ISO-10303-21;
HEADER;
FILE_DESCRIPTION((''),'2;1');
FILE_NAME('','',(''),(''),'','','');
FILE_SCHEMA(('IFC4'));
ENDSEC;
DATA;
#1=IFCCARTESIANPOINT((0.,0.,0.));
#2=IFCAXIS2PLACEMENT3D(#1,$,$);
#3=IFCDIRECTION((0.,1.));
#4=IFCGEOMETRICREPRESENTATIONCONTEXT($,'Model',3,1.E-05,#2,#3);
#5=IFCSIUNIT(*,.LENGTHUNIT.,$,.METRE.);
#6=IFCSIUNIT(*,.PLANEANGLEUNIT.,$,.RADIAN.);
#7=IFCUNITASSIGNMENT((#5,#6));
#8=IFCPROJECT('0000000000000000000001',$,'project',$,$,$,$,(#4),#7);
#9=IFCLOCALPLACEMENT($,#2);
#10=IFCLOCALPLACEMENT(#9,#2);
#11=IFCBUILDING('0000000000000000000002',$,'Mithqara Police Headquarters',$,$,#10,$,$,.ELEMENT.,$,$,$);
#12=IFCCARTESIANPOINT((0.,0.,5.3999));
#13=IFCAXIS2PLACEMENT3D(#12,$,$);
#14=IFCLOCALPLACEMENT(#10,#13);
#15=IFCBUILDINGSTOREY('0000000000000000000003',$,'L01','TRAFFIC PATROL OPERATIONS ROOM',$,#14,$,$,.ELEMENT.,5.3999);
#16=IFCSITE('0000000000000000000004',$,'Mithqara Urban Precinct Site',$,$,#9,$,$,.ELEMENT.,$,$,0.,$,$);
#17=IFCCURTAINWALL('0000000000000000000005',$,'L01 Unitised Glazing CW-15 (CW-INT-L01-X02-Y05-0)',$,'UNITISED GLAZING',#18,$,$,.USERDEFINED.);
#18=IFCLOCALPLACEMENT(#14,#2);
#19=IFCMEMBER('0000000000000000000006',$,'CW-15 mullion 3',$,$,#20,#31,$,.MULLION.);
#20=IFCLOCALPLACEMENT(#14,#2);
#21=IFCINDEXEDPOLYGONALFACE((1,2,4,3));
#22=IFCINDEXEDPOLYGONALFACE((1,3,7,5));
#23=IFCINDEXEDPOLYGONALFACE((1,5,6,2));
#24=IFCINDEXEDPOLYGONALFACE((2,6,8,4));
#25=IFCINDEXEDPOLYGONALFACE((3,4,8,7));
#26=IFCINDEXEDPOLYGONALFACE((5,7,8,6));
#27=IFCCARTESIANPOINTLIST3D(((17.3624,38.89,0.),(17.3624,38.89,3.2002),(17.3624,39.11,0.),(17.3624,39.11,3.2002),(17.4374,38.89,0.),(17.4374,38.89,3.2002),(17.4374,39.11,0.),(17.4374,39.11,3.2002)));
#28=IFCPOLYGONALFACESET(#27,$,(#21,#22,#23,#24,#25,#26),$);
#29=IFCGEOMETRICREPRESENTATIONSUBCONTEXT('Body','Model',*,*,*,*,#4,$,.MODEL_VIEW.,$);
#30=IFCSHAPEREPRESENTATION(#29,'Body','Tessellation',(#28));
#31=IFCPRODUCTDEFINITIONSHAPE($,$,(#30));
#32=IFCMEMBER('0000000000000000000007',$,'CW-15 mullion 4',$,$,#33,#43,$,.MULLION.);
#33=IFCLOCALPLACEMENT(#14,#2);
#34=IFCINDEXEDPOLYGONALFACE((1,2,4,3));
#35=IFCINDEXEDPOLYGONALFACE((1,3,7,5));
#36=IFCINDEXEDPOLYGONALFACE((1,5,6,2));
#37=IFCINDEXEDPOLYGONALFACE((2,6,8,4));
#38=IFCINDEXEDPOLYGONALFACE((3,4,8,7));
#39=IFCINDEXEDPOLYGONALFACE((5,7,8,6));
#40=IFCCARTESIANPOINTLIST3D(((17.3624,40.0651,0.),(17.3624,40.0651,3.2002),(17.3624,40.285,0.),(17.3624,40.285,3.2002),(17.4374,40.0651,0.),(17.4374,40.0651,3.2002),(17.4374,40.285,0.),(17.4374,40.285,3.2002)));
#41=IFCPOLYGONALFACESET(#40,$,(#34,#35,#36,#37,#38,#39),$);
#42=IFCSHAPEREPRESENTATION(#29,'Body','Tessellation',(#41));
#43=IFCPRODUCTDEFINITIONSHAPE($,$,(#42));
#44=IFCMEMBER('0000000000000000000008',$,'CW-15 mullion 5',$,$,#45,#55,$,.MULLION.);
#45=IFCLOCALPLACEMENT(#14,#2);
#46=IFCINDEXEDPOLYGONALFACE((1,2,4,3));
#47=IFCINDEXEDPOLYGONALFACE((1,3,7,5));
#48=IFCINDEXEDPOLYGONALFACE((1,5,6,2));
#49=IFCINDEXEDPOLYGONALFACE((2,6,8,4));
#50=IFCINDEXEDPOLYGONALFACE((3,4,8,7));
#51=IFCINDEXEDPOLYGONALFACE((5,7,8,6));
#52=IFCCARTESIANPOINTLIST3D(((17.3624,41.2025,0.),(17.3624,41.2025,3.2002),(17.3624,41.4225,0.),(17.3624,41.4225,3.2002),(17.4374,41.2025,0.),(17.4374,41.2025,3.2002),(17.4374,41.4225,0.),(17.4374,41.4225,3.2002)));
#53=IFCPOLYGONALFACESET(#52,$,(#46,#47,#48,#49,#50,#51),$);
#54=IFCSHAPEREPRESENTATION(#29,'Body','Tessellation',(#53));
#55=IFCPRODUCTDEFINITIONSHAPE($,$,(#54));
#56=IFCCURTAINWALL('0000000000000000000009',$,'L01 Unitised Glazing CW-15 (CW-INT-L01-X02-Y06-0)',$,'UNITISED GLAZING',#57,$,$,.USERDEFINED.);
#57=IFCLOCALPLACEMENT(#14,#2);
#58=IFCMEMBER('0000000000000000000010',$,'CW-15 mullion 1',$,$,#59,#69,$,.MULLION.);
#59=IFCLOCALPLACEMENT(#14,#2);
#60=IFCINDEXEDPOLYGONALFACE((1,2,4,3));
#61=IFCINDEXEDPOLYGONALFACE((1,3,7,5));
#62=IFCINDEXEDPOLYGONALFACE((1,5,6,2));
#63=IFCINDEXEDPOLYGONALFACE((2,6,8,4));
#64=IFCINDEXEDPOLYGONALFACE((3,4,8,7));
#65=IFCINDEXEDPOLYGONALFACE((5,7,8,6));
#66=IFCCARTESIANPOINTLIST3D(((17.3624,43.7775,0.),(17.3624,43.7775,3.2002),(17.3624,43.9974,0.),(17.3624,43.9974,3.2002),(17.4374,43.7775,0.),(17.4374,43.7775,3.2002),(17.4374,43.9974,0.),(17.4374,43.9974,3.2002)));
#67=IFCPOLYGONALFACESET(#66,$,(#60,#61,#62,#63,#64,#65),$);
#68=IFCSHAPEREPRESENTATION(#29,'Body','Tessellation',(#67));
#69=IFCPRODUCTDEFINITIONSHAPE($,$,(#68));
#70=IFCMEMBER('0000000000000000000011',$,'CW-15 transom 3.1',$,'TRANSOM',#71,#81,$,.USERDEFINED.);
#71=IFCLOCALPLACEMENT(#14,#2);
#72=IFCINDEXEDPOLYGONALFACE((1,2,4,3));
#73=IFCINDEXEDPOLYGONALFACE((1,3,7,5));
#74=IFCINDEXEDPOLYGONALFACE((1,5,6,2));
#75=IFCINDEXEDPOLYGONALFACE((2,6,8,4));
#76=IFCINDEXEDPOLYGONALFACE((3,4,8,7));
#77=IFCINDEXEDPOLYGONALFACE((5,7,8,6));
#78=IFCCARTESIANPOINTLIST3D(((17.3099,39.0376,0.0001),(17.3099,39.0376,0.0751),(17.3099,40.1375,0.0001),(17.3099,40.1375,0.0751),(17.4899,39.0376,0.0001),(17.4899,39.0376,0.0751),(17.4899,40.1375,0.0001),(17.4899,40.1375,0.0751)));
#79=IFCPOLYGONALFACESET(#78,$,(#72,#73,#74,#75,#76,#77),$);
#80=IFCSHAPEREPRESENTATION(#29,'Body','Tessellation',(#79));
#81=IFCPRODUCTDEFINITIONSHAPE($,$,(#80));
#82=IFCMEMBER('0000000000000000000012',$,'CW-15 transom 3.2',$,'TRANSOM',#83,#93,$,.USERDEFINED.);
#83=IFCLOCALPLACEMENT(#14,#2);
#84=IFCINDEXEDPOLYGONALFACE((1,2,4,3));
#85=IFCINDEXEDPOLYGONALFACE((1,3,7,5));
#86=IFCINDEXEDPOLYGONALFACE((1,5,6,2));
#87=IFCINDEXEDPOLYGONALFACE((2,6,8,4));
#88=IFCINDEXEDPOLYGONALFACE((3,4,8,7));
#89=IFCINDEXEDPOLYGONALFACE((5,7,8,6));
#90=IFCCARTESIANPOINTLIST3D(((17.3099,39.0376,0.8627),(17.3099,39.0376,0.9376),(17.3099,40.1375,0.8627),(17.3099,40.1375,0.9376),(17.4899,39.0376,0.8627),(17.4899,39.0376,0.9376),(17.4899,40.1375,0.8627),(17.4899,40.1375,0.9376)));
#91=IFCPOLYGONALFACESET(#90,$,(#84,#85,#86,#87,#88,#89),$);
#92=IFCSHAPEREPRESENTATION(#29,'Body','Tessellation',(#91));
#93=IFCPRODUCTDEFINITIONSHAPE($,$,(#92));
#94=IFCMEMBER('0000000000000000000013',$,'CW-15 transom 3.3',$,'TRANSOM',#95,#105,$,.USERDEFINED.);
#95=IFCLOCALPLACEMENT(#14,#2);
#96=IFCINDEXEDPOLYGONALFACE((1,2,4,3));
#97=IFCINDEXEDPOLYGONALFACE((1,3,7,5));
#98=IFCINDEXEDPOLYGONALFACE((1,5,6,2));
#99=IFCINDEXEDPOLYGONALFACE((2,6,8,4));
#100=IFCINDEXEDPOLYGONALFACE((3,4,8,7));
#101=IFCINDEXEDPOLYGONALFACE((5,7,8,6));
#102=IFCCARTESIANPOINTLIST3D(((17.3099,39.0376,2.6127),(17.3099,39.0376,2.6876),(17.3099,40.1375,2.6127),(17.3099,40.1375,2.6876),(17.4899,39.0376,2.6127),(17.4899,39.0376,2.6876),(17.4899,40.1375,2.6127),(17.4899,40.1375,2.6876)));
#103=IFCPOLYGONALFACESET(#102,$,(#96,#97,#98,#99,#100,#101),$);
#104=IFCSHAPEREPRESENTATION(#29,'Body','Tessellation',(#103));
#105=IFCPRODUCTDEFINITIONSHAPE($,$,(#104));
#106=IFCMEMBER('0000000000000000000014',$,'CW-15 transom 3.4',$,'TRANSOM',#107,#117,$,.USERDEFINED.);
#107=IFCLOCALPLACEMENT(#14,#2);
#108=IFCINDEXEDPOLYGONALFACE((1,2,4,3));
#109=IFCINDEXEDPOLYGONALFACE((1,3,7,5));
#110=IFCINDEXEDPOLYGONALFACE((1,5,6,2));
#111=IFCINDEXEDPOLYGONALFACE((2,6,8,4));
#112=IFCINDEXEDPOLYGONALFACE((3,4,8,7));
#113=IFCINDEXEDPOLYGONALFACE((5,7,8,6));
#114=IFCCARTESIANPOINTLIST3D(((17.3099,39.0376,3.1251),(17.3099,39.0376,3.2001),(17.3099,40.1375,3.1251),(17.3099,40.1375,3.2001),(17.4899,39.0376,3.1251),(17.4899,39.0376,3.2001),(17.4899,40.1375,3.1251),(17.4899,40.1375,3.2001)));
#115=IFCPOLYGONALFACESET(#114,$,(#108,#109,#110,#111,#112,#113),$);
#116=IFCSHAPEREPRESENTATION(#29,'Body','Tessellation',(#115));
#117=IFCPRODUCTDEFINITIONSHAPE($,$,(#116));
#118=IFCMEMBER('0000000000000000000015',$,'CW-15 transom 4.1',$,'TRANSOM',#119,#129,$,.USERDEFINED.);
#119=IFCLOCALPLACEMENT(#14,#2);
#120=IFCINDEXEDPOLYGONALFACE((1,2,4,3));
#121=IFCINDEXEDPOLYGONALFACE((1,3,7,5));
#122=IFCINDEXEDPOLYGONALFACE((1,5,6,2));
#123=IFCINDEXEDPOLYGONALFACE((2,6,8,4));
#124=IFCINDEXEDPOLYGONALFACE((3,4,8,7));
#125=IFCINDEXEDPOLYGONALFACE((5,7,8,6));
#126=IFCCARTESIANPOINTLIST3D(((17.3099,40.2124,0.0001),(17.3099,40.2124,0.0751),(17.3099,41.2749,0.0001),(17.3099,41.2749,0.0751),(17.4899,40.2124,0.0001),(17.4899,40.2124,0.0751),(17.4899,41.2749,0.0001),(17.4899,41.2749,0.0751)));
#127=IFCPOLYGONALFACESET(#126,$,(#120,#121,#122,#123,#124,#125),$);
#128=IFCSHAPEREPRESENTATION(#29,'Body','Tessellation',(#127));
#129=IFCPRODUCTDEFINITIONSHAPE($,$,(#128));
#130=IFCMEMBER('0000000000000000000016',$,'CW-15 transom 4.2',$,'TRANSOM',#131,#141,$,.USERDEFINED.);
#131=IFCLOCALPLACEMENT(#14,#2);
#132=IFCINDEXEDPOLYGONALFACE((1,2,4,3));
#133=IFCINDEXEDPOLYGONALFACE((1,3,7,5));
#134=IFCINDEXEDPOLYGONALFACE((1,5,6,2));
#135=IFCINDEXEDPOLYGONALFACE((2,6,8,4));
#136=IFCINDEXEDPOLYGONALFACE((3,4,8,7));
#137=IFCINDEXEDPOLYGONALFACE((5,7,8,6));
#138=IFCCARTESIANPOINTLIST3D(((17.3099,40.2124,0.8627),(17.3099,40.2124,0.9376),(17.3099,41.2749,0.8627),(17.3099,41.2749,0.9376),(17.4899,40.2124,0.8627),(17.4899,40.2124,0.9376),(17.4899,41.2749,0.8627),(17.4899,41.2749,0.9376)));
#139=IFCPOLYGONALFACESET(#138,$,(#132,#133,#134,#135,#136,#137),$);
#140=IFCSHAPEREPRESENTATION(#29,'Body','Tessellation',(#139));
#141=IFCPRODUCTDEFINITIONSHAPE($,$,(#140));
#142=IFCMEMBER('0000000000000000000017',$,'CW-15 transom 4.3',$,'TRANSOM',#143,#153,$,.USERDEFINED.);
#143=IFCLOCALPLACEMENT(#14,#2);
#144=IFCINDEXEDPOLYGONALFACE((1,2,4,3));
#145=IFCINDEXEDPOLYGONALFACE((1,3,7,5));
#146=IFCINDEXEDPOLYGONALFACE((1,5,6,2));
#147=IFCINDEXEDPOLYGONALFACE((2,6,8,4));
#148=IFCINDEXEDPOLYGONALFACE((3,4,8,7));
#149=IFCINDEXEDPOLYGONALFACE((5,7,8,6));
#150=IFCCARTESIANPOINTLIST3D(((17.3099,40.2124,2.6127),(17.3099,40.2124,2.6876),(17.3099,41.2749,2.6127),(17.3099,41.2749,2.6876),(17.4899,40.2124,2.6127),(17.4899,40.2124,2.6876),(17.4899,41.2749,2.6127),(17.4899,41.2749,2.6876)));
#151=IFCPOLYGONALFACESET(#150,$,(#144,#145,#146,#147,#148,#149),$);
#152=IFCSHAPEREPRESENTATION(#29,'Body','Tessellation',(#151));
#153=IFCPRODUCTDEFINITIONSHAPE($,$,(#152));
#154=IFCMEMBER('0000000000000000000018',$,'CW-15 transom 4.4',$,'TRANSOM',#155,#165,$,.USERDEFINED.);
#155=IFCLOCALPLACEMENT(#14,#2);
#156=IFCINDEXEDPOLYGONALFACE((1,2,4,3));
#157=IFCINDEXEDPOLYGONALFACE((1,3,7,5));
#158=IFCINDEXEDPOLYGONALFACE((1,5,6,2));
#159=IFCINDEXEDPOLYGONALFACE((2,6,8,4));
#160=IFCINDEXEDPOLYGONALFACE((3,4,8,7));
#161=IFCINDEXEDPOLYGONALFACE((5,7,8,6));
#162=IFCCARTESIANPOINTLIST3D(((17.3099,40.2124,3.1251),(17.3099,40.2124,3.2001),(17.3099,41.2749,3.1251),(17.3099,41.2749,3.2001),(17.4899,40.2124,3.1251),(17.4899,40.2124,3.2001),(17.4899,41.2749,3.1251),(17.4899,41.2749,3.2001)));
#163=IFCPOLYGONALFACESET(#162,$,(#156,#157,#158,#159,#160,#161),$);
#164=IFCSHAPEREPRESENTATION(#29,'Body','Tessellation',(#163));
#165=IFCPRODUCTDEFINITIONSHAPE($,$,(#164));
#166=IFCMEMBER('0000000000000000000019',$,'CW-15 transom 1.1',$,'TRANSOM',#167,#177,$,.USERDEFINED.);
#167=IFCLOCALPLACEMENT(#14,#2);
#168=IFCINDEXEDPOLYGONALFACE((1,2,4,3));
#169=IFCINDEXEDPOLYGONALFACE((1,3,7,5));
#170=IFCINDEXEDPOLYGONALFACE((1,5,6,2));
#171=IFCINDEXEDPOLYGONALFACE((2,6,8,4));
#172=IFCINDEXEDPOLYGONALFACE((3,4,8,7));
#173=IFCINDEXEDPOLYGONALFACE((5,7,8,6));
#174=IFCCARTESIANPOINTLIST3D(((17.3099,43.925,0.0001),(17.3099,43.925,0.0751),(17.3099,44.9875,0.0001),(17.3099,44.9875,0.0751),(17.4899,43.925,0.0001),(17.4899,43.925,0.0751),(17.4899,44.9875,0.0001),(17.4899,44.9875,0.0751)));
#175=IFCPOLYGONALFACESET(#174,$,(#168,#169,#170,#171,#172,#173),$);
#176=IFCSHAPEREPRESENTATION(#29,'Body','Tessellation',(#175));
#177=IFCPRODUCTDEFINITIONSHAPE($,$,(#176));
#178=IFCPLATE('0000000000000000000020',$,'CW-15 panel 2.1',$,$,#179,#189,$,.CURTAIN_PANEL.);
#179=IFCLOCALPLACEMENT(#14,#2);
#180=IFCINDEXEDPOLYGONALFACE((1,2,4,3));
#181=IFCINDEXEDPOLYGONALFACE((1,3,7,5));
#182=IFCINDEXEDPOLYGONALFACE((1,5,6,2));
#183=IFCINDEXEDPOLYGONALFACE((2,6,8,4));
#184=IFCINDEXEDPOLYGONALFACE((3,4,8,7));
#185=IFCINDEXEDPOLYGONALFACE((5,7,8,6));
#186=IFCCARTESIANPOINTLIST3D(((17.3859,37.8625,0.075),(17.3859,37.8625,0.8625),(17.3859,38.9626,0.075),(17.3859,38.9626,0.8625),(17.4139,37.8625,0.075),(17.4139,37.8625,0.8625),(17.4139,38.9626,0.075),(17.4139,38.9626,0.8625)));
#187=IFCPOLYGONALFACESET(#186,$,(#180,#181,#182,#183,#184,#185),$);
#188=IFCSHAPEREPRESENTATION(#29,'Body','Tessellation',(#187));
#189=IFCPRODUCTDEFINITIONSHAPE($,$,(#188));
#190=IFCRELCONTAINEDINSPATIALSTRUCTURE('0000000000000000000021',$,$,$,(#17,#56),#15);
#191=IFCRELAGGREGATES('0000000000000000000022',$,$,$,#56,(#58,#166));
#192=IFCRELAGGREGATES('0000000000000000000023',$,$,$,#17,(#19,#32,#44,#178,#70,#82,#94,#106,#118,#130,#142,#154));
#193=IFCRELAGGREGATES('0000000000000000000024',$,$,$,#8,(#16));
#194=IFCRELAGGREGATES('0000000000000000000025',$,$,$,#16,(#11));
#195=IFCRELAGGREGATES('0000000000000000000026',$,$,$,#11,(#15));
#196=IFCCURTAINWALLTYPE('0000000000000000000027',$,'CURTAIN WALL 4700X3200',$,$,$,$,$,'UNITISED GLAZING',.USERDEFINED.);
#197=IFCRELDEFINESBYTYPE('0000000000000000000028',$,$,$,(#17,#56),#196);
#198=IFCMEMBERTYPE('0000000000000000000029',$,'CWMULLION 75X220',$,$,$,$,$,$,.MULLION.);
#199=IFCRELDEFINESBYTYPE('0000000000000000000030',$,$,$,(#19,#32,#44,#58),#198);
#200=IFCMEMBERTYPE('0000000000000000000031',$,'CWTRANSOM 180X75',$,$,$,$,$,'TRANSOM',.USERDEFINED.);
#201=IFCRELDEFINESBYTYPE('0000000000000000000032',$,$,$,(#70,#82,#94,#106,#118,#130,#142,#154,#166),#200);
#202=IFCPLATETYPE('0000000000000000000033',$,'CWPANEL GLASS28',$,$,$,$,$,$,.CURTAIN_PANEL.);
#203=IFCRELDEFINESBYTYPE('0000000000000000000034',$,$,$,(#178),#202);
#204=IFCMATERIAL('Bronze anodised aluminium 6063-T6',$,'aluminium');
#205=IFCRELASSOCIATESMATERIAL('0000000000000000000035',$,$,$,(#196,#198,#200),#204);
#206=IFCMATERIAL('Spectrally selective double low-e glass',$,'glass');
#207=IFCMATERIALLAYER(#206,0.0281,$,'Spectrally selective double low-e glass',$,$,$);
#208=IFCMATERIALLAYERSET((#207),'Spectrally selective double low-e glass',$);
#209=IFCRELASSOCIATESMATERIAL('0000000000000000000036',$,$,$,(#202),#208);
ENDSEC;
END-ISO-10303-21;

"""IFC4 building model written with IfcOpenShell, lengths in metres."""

from ifc_helpers import new_model, si_unit, direction, frame, origin, origin_2d, place, context, subcontext, project, spatial, rectangle, extrude, material, layer, layer_set, material_profile, profile_set, type_object, element, aggregate, save


model = new_model("IFC4")

# Units and contexts
model_context = context("Model", 3, precision=1e-05, world=origin(), true_north=direction((0.0, 1.0)))
body_context = subcontext(model_context, "Body", "Model", "MODEL_VIEW")
ifc_project = project(units=[si_unit("LENGTHUNIT", "METRE"), si_unit("PLANEANGLEUNIT", "RADIAN")], contexts=[model_context])

# Site, building, storey
site_placement = place(None, origin())
site = spatial("IfcSite", under=ifc_project, at=site_placement, Name="Mithqara Urban Precinct Site", CompositionType="ELEMENT", RefElevation=0.0)
building_placement = place(site_placement, origin())
building = spatial("IfcBuilding", under=site, at=building_placement, Name="Mithqara Police Headquarters", CompositionType="ELEMENT")
storey_placement = place(building_placement, frame((0.0, 0.0, 5.3999)))
storey = spatial("IfcBuildingStorey", under=building, at=storey_placement, Name="L01", Description="TRAFFIC PATROL OPERATIONS ROOM", CompositionType="ELEMENT", Elevation=5.3999)

# Curtain wall, members
ifc_material_1 = material(Name="Bronze anodised aluminium 6063-T6", Category="aluminium")
curtain_wall_type = type_object("IfcCurtainWallType", Name="CURTAIN WALL 4700X3200", ElementType="UNITISED GLAZING", PredefinedType="USERDEFINED", material=ifc_material_1)
curtain_wall_1_placement = place(storey_placement, origin())
curtain_wall_1 = element("IfcCurtainWall", 1, at=curtain_wall_1_placement, inside=storey, type_object=curtain_wall_type, Name="L01 Unitised Glazing CW-15 (CW-INT-L01-X02-Y05-0)", ObjectType="UNITISED GLAZING", PredefinedType="USERDEFINED")
ifc_material_profile_1 = material_profile(ifc_material_1, rectangle(XDim=0.075, YDim=0.22, at=origin_2d()), Name="CWM 75x220")
ifc_profile_set_1 = profile_set([ifc_material_profile_1], Name="Bronze anodised aluminium 6063-T6")
member_type_1 = type_object("IfcMemberType", Name="CWMULLION 75X220", PredefinedType="MULLION", material=ifc_profile_set_1)
member_1_placement = place(storey_placement, frame((17.3999, 39.0, 0.0), z_axis=(0.0, 0.0, 1.0), x_axis=(-1.0, 0.0, 0.0)))
member_1 = element("IfcMember", 2, at=member_1_placement, type_object=member_type_1, Name="CW-15 mullion 3", PredefinedType="MULLION", context=body_context, shape_type="SweptSolid", body=[
    extrude(rectangle(XDim=0.075, YDim=0.22, at=origin_2d()), origin(), (0.0, 0.0, 1.0), 3.2002),
])
member_2_placement = place(storey_placement, frame((17.3999, 40.175, 0.0), z_axis=(0.0, 0.0, 1.0), x_axis=(-1.0, 0.0, 0.0)))
member_2 = element("IfcMember", 3, at=member_2_placement, type_object=member_type_1, Name="CW-15 mullion 4", PredefinedType="MULLION", context=body_context, shape_type="SweptSolid", body=[
    extrude(rectangle(XDim=0.075, YDim=0.22, at=origin_2d()), origin(), (0.0, 0.0, 1.0), 3.2002),
])
member_3_placement = place(storey_placement, frame((17.3999, 41.3125, 0.0), z_axis=(0.0, 0.0, 1.0), x_axis=(-1.0, 0.0, 0.0)))
member_3 = element("IfcMember", 4, at=member_3_placement, type_object=member_type_1, Name="CW-15 mullion 5", PredefinedType="MULLION", context=body_context, shape_type="SweptSolid", body=[
    extrude(rectangle(XDim=0.075, YDim=0.22, at=origin_2d()), origin(), (0.0, 0.0, 1.0), 3.2002),
])

# Curtain wall, member
curtain_wall_2_placement = place(storey_placement, origin())
curtain_wall_2 = element("IfcCurtainWall", 5, at=curtain_wall_2_placement, inside=storey, type_object=curtain_wall_type, Name="L01 Unitised Glazing CW-15 (CW-INT-L01-X02-Y06-0)", ObjectType="UNITISED GLAZING", PredefinedType="USERDEFINED")
member_4_placement = place(storey_placement, frame((17.3999, 43.8875, 0.0), z_axis=(0.0, 0.0, 1.0), x_axis=(-1.0, 0.0, 0.0)))
member_4 = element("IfcMember", 6, at=member_4_placement, type_object=member_type_1, Name="CW-15 mullion 1", PredefinedType="MULLION", context=body_context, shape_type="SweptSolid", body=[
    extrude(rectangle(XDim=0.075, YDim=0.22, at=origin_2d()), origin(), (0.0, 0.0, 1.0), 3.2002),
])

# Members
ifc_material_profile_2 = material_profile(ifc_material_1, rectangle(XDim=0.1799, YDim=0.075, at=origin_2d()), Name="CWT 180x75")
ifc_profile_set_2 = profile_set([ifc_material_profile_2], Name="Bronze anodised aluminium 6063-T6")
member_type_2 = type_object("IfcMemberType", Name="CWTRANSOM 180X75", ElementType="TRANSOM", PredefinedType="USERDEFINED", material=ifc_profile_set_2)
member_5_placement = place(storey_placement, frame((17.3999, 39.0376, 0.0376), z_axis=(0.0, 1.0, 0.0), x_axis=(-1.0, 0.0, 0.0)))
member_5 = element("IfcMember", 7, at=member_5_placement, type_object=member_type_2, Name="CW-15 transom 3.1", ObjectType="TRANSOM", PredefinedType="USERDEFINED", context=body_context, shape_type="SweptSolid", body=[
    extrude(rectangle(XDim=0.1799, YDim=0.075, at=origin_2d()), origin(), (0.0, 0.0, 1.0), 1.0999),
])
member_6_placement = place(storey_placement, frame((17.3999, 39.0376, 0.9001), z_axis=(0.0, 1.0, 0.0), x_axis=(-1.0, 0.0, 0.0)))
member_6 = element("IfcMember", 8, at=member_6_placement, type_object=member_type_2, Name="CW-15 transom 3.2", ObjectType="TRANSOM", PredefinedType="USERDEFINED", context=body_context, shape_type="SweptSolid", body=[
    extrude(rectangle(XDim=0.1799, YDim=0.075, at=origin_2d()), origin(), (0.0, 0.0, 1.0), 1.0999),
])
member_7_placement = place(storey_placement, frame((17.3999, 39.0376, 2.6501), z_axis=(0.0, 1.0, 0.0), x_axis=(-1.0, 0.0, 0.0)))
member_7 = element("IfcMember", 9, at=member_7_placement, type_object=member_type_2, Name="CW-15 transom 3.3", ObjectType="TRANSOM", PredefinedType="USERDEFINED", context=body_context, shape_type="SweptSolid", body=[
    extrude(rectangle(XDim=0.1799, YDim=0.075, at=origin_2d()), origin(), (0.0, 0.0, 1.0), 1.0999),
])
member_8_placement = place(storey_placement, frame((17.3999, 39.0376, 3.1626), z_axis=(0.0, 1.0, 0.0), x_axis=(-1.0, 0.0, 0.0)))
member_8 = element("IfcMember", 10, at=member_8_placement, type_object=member_type_2, Name="CW-15 transom 3.4", ObjectType="TRANSOM", PredefinedType="USERDEFINED", context=body_context, shape_type="SweptSolid", body=[
    extrude(rectangle(XDim=0.1799, YDim=0.075, at=origin_2d()), origin(), (0.0, 0.0, 1.0), 1.0999),
])
member_9_placement = place(storey_placement, frame((17.3999, 40.2124, 0.0376), z_axis=(0.0, 1.0, 0.0), x_axis=(-1.0, 0.0, 0.0)))
member_9 = element("IfcMember", 11, at=member_9_placement, type_object=member_type_2, Name="CW-15 transom 4.1", ObjectType="TRANSOM", PredefinedType="USERDEFINED", context=body_context, shape_type="SweptSolid", body=[
    extrude(rectangle(XDim=0.1799, YDim=0.075, at=origin_2d()), origin(), (0.0, 0.0, 1.0), 1.0625),
])
member_10_placement = place(storey_placement, frame((17.3999, 40.2124, 0.9001), z_axis=(0.0, 1.0, 0.0), x_axis=(-1.0, 0.0, 0.0)))
member_10 = element("IfcMember", 12, at=member_10_placement, type_object=member_type_2, Name="CW-15 transom 4.2", ObjectType="TRANSOM", PredefinedType="USERDEFINED", context=body_context, shape_type="SweptSolid", body=[
    extrude(rectangle(XDim=0.1799, YDim=0.075, at=origin_2d()), origin(), (0.0, 0.0, 1.0), 1.0625),
])
member_11_placement = place(storey_placement, frame((17.3999, 40.2124, 2.6501), z_axis=(0.0, 1.0, 0.0), x_axis=(-1.0, 0.0, 0.0)))
member_11 = element("IfcMember", 13, at=member_11_placement, type_object=member_type_2, Name="CW-15 transom 4.3", ObjectType="TRANSOM", PredefinedType="USERDEFINED", context=body_context, shape_type="SweptSolid", body=[
    extrude(rectangle(XDim=0.1799, YDim=0.075, at=origin_2d()), origin(), (0.0, 0.0, 1.0), 1.0625),
])
member_12_placement = place(storey_placement, frame((17.3999, 40.2124, 3.1626), z_axis=(0.0, 1.0, 0.0), x_axis=(-1.0, 0.0, 0.0)))
member_12 = element("IfcMember", 14, at=member_12_placement, type_object=member_type_2, Name="CW-15 transom 4.4", ObjectType="TRANSOM", PredefinedType="USERDEFINED", context=body_context, shape_type="SweptSolid", body=[
    extrude(rectangle(XDim=0.1799, YDim=0.075, at=origin_2d()), origin(), (0.0, 0.0, 1.0), 1.0625),
])
member_13_placement = place(storey_placement, frame((17.3999, 43.925, 0.0376), z_axis=(0.0, 1.0, 0.0), x_axis=(-1.0, 0.0, 0.0)))
member_13 = element("IfcMember", 15, at=member_13_placement, type_object=member_type_2, Name="CW-15 transom 1.1", ObjectType="TRANSOM", PredefinedType="USERDEFINED", context=body_context, shape_type="SweptSolid", body=[
    extrude(rectangle(XDim=0.1799, YDim=0.075, at=origin_2d()), origin(), (0.0, 0.0, 1.0), 1.0625),
])
aggregate(curtain_wall_2, [member_4, member_13])

# Plate
ifc_material_2 = material(Name="Spectrally selective double low-e glass", Category="glass")
ifc_layer = layer(ifc_material_2, 0.0281, Name="Spectrally selective double low-e glass")
ifc_layer_set = layer_set([ifc_layer], Name="Spectrally selective double low-e glass")
plate_type = type_object("IfcPlateType", Name="CWPANEL GLASS28", PredefinedType="CURTAIN_PANEL", material=ifc_layer_set)
plate_1_placement = place(storey_placement, frame((17.3999, 38.4126, 0.075), z_axis=(0.0, 0.0, 1.0), x_axis=(0.0, 1.0, 0.0)))
plate_1 = element("IfcPlate", 16, at=plate_1_placement, type_object=plate_type, Name="CW-15 panel 2.1", PredefinedType="CURTAIN_PANEL", context=body_context, shape_type="SweptSolid", body=[
    extrude(rectangle(XDim=1.1001, YDim=0.0281, at=origin_2d()), origin(), (0.0, 0.0, 1.0), 0.7876),
])
aggregate(curtain_wall_1, [member_1, member_2, member_3, plate_1, member_5, member_6, member_7, member_8, member_9, member_10, member_11, member_12])

save(model, "model.ifc")
